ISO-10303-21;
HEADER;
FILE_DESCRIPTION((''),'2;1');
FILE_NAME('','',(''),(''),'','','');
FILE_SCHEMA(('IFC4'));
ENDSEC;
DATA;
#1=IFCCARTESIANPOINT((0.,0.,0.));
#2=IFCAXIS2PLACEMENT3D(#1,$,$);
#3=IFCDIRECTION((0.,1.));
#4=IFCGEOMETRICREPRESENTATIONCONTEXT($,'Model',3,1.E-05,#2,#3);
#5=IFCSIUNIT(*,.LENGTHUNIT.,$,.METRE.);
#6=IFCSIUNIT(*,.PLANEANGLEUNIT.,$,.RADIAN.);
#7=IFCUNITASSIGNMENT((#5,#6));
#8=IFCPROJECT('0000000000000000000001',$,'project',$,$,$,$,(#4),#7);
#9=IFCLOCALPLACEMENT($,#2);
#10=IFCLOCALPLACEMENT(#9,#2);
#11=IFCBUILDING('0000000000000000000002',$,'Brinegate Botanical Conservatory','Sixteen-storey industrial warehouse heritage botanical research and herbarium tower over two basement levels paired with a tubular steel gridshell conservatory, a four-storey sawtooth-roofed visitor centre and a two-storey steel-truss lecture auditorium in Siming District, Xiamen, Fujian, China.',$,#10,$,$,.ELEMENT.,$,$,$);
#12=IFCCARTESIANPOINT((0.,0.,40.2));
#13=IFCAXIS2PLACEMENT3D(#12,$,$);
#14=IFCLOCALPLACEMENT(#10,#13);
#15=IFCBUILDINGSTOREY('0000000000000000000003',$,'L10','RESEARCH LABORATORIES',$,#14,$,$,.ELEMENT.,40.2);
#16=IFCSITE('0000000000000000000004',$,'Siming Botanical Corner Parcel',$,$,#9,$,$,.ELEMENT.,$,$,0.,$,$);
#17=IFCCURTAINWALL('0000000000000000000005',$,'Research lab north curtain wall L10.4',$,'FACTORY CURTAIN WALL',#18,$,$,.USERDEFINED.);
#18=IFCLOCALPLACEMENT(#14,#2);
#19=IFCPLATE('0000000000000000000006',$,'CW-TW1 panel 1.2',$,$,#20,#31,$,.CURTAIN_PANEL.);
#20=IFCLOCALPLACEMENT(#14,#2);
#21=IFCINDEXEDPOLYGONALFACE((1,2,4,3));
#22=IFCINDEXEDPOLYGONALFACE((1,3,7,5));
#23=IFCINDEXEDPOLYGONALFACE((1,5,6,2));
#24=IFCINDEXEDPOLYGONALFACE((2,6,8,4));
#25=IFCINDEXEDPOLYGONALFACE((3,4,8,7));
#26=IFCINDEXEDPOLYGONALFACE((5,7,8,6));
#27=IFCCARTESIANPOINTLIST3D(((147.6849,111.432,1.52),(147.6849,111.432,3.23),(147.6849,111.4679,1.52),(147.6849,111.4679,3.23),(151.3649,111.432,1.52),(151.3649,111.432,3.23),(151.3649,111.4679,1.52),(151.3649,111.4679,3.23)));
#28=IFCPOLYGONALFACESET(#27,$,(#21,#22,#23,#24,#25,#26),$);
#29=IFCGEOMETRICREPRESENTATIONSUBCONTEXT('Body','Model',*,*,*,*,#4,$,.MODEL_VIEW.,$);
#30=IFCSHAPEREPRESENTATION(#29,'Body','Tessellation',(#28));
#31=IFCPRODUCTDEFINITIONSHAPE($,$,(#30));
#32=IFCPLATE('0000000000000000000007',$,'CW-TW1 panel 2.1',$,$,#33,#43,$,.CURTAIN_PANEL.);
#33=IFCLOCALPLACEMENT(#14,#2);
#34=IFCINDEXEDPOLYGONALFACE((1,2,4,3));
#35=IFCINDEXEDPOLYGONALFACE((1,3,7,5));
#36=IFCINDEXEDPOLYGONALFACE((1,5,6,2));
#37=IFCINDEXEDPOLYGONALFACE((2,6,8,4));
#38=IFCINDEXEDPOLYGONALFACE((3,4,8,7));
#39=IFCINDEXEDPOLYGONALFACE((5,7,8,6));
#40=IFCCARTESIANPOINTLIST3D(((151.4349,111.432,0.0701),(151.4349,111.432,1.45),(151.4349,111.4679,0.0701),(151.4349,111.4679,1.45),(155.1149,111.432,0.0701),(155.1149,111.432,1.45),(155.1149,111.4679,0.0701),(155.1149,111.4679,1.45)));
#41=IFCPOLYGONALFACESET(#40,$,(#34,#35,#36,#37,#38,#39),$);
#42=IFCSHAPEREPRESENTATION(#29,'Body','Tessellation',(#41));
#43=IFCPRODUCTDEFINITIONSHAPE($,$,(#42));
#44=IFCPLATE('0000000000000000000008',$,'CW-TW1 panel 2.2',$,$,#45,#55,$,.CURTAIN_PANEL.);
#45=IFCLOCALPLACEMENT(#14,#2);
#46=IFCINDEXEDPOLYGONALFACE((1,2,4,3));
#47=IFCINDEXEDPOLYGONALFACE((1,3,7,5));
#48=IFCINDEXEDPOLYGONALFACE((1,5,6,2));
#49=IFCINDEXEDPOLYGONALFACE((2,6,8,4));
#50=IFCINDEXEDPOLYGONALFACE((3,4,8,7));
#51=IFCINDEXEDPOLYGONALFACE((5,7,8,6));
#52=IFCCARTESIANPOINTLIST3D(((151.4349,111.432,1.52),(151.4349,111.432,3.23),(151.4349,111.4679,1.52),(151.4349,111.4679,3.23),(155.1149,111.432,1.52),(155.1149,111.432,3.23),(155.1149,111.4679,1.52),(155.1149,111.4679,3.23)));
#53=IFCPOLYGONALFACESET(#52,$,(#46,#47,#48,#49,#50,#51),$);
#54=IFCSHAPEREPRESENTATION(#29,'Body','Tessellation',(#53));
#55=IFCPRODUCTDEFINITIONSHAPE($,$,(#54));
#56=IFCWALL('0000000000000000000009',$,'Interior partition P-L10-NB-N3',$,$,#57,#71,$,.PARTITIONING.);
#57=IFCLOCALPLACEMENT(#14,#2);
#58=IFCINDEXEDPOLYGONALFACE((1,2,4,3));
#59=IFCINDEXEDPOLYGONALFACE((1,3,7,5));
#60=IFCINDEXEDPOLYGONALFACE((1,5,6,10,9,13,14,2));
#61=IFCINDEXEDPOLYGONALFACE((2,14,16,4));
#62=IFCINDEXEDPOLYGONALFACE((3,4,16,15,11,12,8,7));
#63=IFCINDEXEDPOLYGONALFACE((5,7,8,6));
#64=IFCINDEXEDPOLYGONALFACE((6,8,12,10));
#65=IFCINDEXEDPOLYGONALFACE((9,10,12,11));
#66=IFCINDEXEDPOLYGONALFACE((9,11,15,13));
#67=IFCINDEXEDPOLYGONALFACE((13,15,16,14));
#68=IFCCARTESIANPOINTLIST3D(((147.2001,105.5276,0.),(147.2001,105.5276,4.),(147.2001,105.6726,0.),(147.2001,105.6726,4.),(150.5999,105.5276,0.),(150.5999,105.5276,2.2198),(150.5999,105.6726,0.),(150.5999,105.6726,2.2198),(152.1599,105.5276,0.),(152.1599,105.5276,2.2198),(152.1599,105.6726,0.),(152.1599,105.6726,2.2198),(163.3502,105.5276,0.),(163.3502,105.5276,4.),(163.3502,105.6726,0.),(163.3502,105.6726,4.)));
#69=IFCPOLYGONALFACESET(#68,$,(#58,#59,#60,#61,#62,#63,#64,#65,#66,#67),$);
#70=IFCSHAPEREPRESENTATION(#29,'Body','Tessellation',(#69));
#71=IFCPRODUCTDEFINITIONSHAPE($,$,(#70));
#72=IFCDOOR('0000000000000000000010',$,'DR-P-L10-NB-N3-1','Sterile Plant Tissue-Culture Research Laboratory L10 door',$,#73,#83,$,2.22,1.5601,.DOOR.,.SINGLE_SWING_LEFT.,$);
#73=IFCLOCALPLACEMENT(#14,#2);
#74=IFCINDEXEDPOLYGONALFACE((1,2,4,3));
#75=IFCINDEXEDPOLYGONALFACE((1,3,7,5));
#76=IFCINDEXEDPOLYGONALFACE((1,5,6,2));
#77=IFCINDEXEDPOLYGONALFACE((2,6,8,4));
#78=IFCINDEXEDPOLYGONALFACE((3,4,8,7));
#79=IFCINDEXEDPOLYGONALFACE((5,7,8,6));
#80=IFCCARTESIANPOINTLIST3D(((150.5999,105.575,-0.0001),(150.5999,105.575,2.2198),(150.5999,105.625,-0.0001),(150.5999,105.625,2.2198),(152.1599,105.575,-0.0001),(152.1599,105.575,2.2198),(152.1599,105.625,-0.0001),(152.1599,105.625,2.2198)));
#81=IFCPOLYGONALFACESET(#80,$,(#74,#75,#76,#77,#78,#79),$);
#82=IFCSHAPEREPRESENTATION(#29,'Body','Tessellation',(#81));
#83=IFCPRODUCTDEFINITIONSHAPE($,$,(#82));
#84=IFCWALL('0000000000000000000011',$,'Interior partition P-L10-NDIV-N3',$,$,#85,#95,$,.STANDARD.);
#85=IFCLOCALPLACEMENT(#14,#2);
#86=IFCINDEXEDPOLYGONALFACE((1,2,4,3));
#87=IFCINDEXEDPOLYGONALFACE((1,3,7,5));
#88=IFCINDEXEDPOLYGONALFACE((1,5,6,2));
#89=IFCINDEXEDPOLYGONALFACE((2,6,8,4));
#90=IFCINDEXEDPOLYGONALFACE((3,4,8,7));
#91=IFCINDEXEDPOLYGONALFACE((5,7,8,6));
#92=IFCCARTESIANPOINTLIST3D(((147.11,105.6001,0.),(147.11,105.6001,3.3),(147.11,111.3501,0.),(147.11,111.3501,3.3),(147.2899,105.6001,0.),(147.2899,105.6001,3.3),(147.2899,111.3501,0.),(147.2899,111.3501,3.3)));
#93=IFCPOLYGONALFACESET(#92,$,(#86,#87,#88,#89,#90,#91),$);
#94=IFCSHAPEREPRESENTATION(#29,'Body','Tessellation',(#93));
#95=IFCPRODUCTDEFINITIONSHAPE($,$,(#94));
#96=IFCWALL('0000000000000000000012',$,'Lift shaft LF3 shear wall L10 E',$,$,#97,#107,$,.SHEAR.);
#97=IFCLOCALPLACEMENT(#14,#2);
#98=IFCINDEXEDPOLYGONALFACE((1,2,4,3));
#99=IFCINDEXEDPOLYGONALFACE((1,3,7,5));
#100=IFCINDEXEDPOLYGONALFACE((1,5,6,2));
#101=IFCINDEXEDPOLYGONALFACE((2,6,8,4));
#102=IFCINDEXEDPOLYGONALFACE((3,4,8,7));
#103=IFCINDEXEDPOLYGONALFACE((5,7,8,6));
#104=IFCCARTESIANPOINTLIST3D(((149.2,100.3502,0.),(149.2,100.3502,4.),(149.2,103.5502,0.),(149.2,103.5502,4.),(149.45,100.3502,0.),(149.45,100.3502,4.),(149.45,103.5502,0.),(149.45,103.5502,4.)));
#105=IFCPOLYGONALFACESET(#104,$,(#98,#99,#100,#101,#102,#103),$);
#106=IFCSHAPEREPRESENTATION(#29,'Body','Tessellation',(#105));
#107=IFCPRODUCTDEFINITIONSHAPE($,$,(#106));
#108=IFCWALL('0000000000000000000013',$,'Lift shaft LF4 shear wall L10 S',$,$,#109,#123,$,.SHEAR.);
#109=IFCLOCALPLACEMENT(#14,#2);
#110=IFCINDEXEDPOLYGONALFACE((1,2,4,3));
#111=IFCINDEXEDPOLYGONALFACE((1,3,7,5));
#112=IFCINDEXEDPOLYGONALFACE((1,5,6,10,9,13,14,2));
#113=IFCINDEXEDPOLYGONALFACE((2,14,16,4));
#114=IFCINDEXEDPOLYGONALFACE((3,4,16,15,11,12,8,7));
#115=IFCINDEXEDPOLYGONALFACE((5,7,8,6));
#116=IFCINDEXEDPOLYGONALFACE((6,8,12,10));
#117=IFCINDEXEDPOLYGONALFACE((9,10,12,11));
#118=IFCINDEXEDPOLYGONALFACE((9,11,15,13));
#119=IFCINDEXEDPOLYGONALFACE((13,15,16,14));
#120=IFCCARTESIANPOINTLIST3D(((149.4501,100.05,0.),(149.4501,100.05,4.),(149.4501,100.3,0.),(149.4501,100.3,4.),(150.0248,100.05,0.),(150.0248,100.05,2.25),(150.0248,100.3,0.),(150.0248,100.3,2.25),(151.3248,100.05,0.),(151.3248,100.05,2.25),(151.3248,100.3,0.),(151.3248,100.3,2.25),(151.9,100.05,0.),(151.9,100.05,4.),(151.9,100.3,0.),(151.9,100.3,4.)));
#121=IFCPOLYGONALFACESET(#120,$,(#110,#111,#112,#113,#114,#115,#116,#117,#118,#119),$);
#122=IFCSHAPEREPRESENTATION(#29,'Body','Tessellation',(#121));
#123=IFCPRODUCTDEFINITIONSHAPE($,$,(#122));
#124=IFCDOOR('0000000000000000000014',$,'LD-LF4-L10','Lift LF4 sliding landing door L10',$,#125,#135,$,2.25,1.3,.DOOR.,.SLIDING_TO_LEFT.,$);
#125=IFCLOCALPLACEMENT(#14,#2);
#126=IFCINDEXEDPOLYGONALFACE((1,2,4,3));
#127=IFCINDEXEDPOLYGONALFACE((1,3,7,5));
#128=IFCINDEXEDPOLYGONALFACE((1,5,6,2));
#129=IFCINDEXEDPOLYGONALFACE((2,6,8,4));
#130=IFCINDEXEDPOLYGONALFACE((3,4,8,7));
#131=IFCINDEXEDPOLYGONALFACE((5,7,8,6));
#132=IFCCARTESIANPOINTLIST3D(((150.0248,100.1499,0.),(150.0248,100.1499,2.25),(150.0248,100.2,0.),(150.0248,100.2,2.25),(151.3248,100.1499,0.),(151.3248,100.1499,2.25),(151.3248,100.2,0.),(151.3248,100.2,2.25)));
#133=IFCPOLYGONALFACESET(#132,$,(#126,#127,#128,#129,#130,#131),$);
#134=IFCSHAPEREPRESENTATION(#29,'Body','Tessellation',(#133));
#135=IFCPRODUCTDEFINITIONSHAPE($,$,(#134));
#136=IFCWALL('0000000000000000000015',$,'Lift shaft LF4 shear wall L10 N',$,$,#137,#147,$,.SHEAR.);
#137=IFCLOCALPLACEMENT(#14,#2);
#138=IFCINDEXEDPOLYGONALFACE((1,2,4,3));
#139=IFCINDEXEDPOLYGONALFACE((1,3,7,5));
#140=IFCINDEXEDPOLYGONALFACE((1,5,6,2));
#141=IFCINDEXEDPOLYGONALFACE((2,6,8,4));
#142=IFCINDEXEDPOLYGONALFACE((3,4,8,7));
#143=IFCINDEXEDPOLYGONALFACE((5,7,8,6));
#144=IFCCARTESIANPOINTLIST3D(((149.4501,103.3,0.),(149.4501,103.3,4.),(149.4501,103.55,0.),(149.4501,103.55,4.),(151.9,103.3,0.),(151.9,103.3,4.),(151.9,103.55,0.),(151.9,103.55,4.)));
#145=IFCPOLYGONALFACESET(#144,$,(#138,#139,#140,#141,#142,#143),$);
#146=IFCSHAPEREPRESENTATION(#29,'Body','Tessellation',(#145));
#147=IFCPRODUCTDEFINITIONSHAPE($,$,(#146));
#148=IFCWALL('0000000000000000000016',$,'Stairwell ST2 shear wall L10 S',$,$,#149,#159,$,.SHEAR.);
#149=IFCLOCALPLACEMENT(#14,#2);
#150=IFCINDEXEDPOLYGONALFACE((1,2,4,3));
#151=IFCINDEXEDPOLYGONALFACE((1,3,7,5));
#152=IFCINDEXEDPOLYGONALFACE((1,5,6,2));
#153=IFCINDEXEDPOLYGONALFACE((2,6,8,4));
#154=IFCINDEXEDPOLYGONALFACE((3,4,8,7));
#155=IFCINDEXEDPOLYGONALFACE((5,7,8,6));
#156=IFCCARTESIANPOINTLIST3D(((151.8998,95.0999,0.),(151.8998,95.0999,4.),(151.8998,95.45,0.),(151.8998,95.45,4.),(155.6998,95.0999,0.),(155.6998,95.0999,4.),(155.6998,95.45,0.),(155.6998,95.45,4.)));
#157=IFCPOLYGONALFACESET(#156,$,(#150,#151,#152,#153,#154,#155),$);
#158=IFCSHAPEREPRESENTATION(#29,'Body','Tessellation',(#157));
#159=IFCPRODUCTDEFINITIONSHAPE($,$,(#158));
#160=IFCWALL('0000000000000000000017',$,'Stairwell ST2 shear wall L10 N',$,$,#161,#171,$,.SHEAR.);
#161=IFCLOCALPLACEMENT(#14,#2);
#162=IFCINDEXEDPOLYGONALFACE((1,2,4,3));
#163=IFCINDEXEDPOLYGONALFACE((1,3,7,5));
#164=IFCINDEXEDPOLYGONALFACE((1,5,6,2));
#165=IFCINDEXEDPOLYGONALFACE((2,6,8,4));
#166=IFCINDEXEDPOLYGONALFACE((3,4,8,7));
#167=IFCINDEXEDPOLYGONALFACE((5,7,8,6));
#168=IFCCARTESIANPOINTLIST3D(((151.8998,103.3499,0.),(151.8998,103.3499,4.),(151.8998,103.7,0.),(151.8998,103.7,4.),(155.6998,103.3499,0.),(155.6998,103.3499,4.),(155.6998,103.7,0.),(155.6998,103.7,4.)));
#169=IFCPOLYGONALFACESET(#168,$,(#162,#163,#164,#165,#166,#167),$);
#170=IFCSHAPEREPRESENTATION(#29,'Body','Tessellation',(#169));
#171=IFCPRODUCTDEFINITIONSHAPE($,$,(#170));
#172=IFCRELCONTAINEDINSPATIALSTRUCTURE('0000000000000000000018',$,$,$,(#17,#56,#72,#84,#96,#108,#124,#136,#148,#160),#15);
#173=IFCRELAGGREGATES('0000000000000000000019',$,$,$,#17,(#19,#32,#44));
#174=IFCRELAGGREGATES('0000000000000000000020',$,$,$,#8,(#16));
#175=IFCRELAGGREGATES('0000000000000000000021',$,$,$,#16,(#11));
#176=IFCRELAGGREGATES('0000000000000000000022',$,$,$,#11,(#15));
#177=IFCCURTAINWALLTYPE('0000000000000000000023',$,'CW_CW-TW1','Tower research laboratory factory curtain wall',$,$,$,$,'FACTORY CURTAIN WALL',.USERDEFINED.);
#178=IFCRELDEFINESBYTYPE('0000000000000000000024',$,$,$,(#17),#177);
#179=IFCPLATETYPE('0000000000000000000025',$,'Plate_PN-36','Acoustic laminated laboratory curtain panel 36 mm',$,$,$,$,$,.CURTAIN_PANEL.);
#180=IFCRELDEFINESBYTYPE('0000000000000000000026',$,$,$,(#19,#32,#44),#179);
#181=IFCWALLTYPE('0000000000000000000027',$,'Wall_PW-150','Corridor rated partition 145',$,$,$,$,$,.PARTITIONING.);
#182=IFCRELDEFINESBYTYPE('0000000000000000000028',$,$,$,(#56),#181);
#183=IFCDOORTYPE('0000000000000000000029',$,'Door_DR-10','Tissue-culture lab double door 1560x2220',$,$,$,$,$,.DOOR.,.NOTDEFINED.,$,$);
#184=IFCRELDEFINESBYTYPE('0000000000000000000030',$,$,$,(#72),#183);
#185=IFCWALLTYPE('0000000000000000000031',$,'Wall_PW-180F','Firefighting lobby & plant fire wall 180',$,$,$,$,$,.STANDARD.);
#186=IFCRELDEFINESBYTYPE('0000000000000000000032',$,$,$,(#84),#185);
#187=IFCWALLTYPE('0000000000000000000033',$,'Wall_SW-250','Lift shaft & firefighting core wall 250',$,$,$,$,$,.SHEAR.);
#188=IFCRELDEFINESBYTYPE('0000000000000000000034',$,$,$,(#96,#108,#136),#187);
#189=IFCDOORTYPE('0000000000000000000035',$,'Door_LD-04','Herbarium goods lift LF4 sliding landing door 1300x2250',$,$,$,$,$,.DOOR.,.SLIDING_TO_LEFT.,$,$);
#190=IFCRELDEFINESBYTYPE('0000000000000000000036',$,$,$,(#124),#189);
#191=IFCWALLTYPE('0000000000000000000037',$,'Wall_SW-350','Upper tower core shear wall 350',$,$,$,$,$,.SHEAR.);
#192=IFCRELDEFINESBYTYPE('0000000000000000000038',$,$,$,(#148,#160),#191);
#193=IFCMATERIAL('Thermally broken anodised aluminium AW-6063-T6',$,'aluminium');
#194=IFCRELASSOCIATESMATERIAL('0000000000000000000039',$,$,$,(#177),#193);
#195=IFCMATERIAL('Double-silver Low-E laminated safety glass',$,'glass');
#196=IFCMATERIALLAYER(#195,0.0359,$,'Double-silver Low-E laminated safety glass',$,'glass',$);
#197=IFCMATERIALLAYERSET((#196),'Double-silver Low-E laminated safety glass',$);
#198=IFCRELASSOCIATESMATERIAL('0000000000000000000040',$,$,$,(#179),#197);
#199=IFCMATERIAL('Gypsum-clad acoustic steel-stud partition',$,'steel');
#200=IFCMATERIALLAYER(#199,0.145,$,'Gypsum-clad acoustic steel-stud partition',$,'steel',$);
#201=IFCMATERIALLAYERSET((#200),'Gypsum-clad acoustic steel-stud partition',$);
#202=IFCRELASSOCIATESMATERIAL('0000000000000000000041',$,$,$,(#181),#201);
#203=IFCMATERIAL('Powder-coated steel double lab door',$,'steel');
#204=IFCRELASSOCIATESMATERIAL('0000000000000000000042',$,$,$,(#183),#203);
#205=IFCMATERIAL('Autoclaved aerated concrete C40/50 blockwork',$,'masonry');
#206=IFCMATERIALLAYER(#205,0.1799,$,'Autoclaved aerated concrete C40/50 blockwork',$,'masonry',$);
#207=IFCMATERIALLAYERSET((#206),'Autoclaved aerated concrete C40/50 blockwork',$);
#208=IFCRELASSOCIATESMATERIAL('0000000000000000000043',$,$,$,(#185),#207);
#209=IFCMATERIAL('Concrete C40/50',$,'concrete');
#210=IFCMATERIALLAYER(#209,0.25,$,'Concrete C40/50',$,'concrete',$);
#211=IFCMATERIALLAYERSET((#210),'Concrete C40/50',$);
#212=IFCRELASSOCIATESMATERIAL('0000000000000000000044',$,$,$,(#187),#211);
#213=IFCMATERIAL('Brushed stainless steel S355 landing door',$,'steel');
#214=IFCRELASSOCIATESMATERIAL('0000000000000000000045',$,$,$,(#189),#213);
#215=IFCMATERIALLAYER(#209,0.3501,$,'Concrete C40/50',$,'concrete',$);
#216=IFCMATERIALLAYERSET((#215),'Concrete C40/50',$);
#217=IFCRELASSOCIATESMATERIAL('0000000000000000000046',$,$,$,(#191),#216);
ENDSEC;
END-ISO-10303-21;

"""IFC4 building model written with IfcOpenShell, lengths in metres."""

from ifc_helpers import new_model, si_unit, direction, frame, frame_2d, origin, origin_2d, place, context, subcontext, project, spatial, rectangle, extrude, material, layer, layer_set, type_object, element, fill, aggregate, save


model = new_model("IFC4")

# Units and contexts
model_context = context("Model", 3, precision=1e-05, world=origin(), true_north=direction((0.0, 1.0)))
body_context = subcontext(model_context, "Body", "Model", "MODEL_VIEW")
ifc_project = project(units=[si_unit("LENGTHUNIT", "METRE"), si_unit("PLANEANGLEUNIT", "RADIAN")], contexts=[model_context])

# Site, building, storey
site_placement = place(None, origin())
site = spatial("IfcSite", under=ifc_project, at=site_placement, Name="Siming Botanical Corner Parcel", CompositionType="ELEMENT", RefElevation=0.0)
building_placement = place(site_placement, origin())
building = spatial("IfcBuilding", under=site, at=building_placement, Name="Brinegate Botanical Conservatory", Description="Sixteen-storey industrial warehouse heritage botanical research and herbarium tower over two basement levels paired with a tubular steel gridshell conservatory, a four-storey sawtooth-roofed visitor centre and a two-storey steel-truss lecture auditorium in Siming District, Xiamen, Fujian, China.", CompositionType="ELEMENT")
storey_placement = place(building_placement, frame((0.0, 0.0, 40.2)))
storey = spatial("IfcBuildingStorey", under=building, at=storey_placement, Name="L10", Description="RESEARCH LABORATORIES", CompositionType="ELEMENT", Elevation=40.2)

# Shared definitions
ifc_material_1 = material(Name="Concrete C40/50", Category="concrete")

# Curtain wall, plates
ifc_material_2 = material(Name="Thermally broken anodised aluminium AW-6063-T6", Category="aluminium")
curtain_wall_type = type_object("IfcCurtainWallType", Name="CW_CW-TW1", Description="Tower research laboratory factory curtain wall", ElementType="FACTORY CURTAIN WALL", PredefinedType="USERDEFINED", material=ifc_material_2)
curtain_wall_placement = place(storey_placement, origin())
curtain_wall = element("IfcCurtainWall", 1, at=curtain_wall_placement, inside=storey, type_object=curtain_wall_type, Name="Research lab north curtain wall L10.4", ObjectType="FACTORY CURTAIN WALL", PredefinedType="USERDEFINED")
ifc_material_3 = material(Name="Double-silver Low-E laminated safety glass", Category="glass")
ifc_layer_1 = layer(ifc_material_3, 0.0359, Name="Double-silver Low-E laminated safety glass", Category="glass")
ifc_layer_set_1 = layer_set([ifc_layer_1], Name="Double-silver Low-E laminated safety glass")
plate_type = type_object("IfcPlateType", Name="Plate_PN-36", Description="Acoustic laminated laboratory curtain panel 36 mm", PredefinedType="CURTAIN_PANEL", material=ifc_layer_set_1)
plate_1_placement = place(storey_placement, frame((149.5249, 111.45, 1.52), z_axis=(0.0, 0.0, 1.0), x_axis=(1.0, 0.0, 0.0)))
plate_1 = element("IfcPlate", 2, at=plate_1_placement, type_object=plate_type, Name="CW-TW1 panel 1.2", PredefinedType="CURTAIN_PANEL", context=body_context, shape_type="SweptSolid", body=[
    extrude(rectangle(XDim=3.6799, YDim=0.0359, at=origin_2d()), origin(), (0.0, 0.0, 1.0), 1.71),
])
plate_2_placement = place(storey_placement, frame((153.2749, 111.45, 0.0701), z_axis=(0.0, 0.0, 1.0), x_axis=(1.0, 0.0, 0.0)))
plate_2 = element("IfcPlate", 3, at=plate_2_placement, type_object=plate_type, Name="CW-TW1 panel 2.1", PredefinedType="CURTAIN_PANEL", context=body_context, shape_type="SweptSolid", body=[
    extrude(rectangle(XDim=3.6799, YDim=0.0359, at=origin_2d()), origin(), (0.0, 0.0, 1.0), 1.3799),
])
plate_3_placement = place(storey_placement, frame((153.2749, 111.45, 1.52), z_axis=(0.0, 0.0, 1.0), x_axis=(1.0, 0.0, 0.0)))
plate_3 = element("IfcPlate", 4, at=plate_3_placement, type_object=plate_type, Name="CW-TW1 panel 2.2", PredefinedType="CURTAIN_PANEL", context=body_context, shape_type="SweptSolid", body=[
    extrude(rectangle(XDim=3.6799, YDim=0.0359, at=origin_2d()), origin(), (0.0, 0.0, 1.0), 1.71),
])
aggregate(curtain_wall, [plate_1, plate_2, plate_3])

# Wall, opening, door
ifc_material_4 = material(Name="Gypsum-clad acoustic steel-stud partition", Category="steel")
ifc_layer_2 = layer(ifc_material_4, 0.145, Name="Gypsum-clad acoustic steel-stud partition", Category="steel")
ifc_layer_set_2 = layer_set([ifc_layer_2], Name="Gypsum-clad acoustic steel-stud partition")
wall_type_1 = type_object("IfcWallType", Name="Wall_PW-150", Description="Corridor rated partition 145", PredefinedType="PARTITIONING", material=ifc_layer_set_2)
wall_1_placement = place(storey_placement, frame((147.2, 105.6001, 0.0), z_axis=(0.0, 0.0, 1.0), x_axis=(1.0, 0.0, 0.0)))
wall_1 = element("IfcWall", 5, at=wall_1_placement, inside=storey, type_object=wall_type_1, Name="Interior partition P-L10-NB-N3", PredefinedType="PARTITIONING", context=body_context, shape_type="SweptSolid", body=[
    extrude(rectangle(XDim=16.1501, YDim=0.145, at=frame_2d((8.0752, 0.0))), origin(), (0.0, 0.0, 1.0), 4.0),
])
opening_1_placement = place(wall_1_placement, frame((3.3999, 0.0, 0.0)))
opening_1 = element("IfcOpeningElement", 6, at=opening_1_placement, cuts=wall_1, PredefinedType="OPENING", context=body_context, shape_type="SweptSolid", body=[
    extrude(rectangle(XDim=1.5601, YDim=2.22, at=frame_2d((0.78, 1.1099))), frame((0.0, 0.0825, 0.0), z_axis=(0.0, -1.0, 0.0), x_axis=(1.0, 0.0, 0.0)), (0.0, 0.0, 1.0), 0.165),
])
ifc_material_5 = material(Name="Powder-coated steel double lab door", Category="steel")
door_type_1 = type_object("IfcDoorType", Name="Door_DR-10", Description="Tissue-culture lab double door 1560x2220", OperationType="NOTDEFINED", PredefinedType="DOOR", material=ifc_material_5)
door_1_placement = place(opening_1_placement, origin())
door_1 = element("IfcDoor", 7, at=door_1_placement, inside=storey, type_object=door_type_1, Name="DR-P-L10-NB-N3-1", Description="Sterile Plant Tissue-Culture Research Laboratory L10 door", OperationType="SINGLE_SWING_LEFT", OverallHeight=2.22, OverallWidth=1.5601, PredefinedType="DOOR", context=body_context, shape_type="SweptSolid", body=[
    extrude(rectangle(XDim=1.5601, YDim=2.22, at=frame_2d((0.78, 1.1099))), frame((0.0, 0.0249, 0.0), z_axis=(0.0, -1.0, 0.0), x_axis=(1.0, 0.0, 0.0)), (0.0, 0.0, 1.0), 0.05),
])
fill(opening_1, door_1)

# Walls
ifc_material_6 = material(Name="Autoclaved aerated concrete C40/50 blockwork", Category="masonry")
ifc_layer_3 = layer(ifc_material_6, 0.1799, Name="Autoclaved aerated concrete C40/50 blockwork", Category="masonry")
ifc_layer_set_3 = layer_set([ifc_layer_3], Name="Autoclaved aerated concrete C40/50 blockwork")
wall_type_2 = type_object("IfcWallType", Name="Wall_PW-180F", Description="Firefighting lobby & plant fire wall 180", PredefinedType="STANDARD", material=ifc_layer_set_3)
wall_2_placement = place(storey_placement, frame((147.2, 105.6001, 0.0), z_axis=(0.0, 0.0, 1.0), x_axis=(0.0, 1.0, 0.0)))
element("IfcWall", 8, at=wall_2_placement, inside=storey, type_object=wall_type_2, Name="Interior partition P-L10-NDIV-N3", PredefinedType="STANDARD", context=body_context, shape_type="SweptSolid", body=[
    extrude(rectangle(XDim=5.75, YDim=0.1799, at=frame_2d((2.875, 0.0))), origin(), (0.0, 0.0, 1.0), 3.3),
])
ifc_layer_4 = layer(ifc_material_1, 0.25, Name="Concrete C40/50", Category="concrete")
ifc_layer_set_4 = layer_set([ifc_layer_4], Name="Concrete C40/50")
wall_type_3 = type_object("IfcWallType", Name="Wall_SW-250", Description="Lift shaft & firefighting core wall 250", PredefinedType="SHEAR", material=ifc_layer_set_4)
wall_3_placement = place(storey_placement, frame((149.325, 100.3501, 0.0), z_axis=(0.0, 0.0, 1.0), x_axis=(0.0, 1.0, 0.0)))
element("IfcWall", 9, at=wall_3_placement, inside=storey, type_object=wall_type_3, Name="Lift shaft LF3 shear wall L10 E", PredefinedType="SHEAR", context=body_context, shape_type="SweptSolid", body=[
    extrude(rectangle(XDim=3.2, YDim=0.25, at=frame_2d((1.6001, 0.0))), origin(), (0.0, 0.0, 1.0), 4.0),
])

# Wall, opening, door
wall_4_placement = place(storey_placement, frame((149.45, 100.175, 0.0), z_axis=(0.0, 0.0, 1.0), x_axis=(1.0, 0.0, 0.0)))
wall_4 = element("IfcWall", 10, at=wall_4_placement, inside=storey, type_object=wall_type_3, Name="Lift shaft LF4 shear wall L10 S", PredefinedType="SHEAR", context=body_context, shape_type="SweptSolid", body=[
    extrude(rectangle(XDim=2.45, YDim=0.25, at=frame_2d((1.2251, 0.0))), origin(), (0.0, 0.0, 1.0), 4.0),
])
opening_2_placement = place(wall_4_placement, frame((0.575, 0.0, 0.0)))
opening_2 = element("IfcOpeningElement", 11, at=opening_2_placement, cuts=wall_4, PredefinedType="OPENING", context=body_context, shape_type="SweptSolid", body=[
    extrude(rectangle(XDim=1.3, YDim=2.25, at=frame_2d((0.6499, 1.125))), frame((0.0, 0.135, 0.0), z_axis=(0.0, -1.0, 0.0), x_axis=(1.0, 0.0, 0.0)), (0.0, 0.0, 1.0), 0.27),
])
ifc_material_7 = material(Name="Brushed stainless steel S355 landing door", Category="steel")
door_type_2 = type_object("IfcDoorType", Name="Door_LD-04", Description="Herbarium goods lift LF4 sliding landing door 1300x2250", OperationType="SLIDING_TO_LEFT", PredefinedType="DOOR", material=ifc_material_7)
door_2_placement = place(opening_2_placement, origin())
door_2 = element("IfcDoor", 12, at=door_2_placement, inside=storey, type_object=door_type_2, Name="LD-LF4-L10", Description="Lift LF4 sliding landing door L10", OperationType="SLIDING_TO_LEFT", OverallHeight=2.25, OverallWidth=1.3, PredefinedType="DOOR", context=body_context, shape_type="SweptSolid", body=[
    extrude(rectangle(XDim=1.3, YDim=2.25, at=frame_2d((0.6499, 1.125))), frame((0.0, 0.0249, 0.0), z_axis=(0.0, -1.0, 0.0), x_axis=(1.0, 0.0, 0.0)), (0.0, 0.0, 1.0), 0.05),
])
fill(opening_2, door_2)

# Walls
wall_5_placement = place(storey_placement, frame((149.45, 103.425, 0.0), z_axis=(0.0, 0.0, 1.0), x_axis=(1.0, 0.0, 0.0)))
element("IfcWall", 13, at=wall_5_placement, inside=storey, type_object=wall_type_3, Name="Lift shaft LF4 shear wall L10 N", PredefinedType="SHEAR", context=body_context, shape_type="SweptSolid", body=[
    extrude(rectangle(XDim=2.45, YDim=0.25, at=frame_2d((1.2251, 0.0))), origin(), (0.0, 0.0, 1.0), 4.0),
])
ifc_layer_5 = layer(ifc_material_1, 0.3501, Name="Concrete C40/50", Category="concrete")
ifc_layer_set_5 = layer_set([ifc_layer_5], Name="Concrete C40/50")
wall_type_4 = type_object("IfcWallType", Name="Wall_SW-350", Description="Upper tower core shear wall 350", PredefinedType="SHEAR", material=ifc_layer_set_5)
for number, where, z_axis, x_axis, name in (
    (14, (151.8999, 95.2749, 0.0), (0.0, 0.0, 1.0), (1.0, 0.0, 0.0), "Stairwell ST2 shear wall L10 S"),
    (15, (151.8999, 103.5249, 0.0), (0.0, 0.0, 1.0), (1.0, 0.0, 0.0), "Stairwell ST2 shear wall L10 N"),
):
    element("IfcWall", number, at=place(storey_placement, frame(where, z_axis=z_axis, x_axis=x_axis)), inside=storey, type_object=wall_type_4, Name=name, PredefinedType="SHEAR", context=body_context, shape_type="SweptSolid", body=[
        extrude(rectangle(XDim=3.8, YDim=0.3501, at=frame_2d((1.8999, 0.0))), origin(), (0.0, 0.0, 1.0), 4.0),
    ])

save(model, "model.ifc")
